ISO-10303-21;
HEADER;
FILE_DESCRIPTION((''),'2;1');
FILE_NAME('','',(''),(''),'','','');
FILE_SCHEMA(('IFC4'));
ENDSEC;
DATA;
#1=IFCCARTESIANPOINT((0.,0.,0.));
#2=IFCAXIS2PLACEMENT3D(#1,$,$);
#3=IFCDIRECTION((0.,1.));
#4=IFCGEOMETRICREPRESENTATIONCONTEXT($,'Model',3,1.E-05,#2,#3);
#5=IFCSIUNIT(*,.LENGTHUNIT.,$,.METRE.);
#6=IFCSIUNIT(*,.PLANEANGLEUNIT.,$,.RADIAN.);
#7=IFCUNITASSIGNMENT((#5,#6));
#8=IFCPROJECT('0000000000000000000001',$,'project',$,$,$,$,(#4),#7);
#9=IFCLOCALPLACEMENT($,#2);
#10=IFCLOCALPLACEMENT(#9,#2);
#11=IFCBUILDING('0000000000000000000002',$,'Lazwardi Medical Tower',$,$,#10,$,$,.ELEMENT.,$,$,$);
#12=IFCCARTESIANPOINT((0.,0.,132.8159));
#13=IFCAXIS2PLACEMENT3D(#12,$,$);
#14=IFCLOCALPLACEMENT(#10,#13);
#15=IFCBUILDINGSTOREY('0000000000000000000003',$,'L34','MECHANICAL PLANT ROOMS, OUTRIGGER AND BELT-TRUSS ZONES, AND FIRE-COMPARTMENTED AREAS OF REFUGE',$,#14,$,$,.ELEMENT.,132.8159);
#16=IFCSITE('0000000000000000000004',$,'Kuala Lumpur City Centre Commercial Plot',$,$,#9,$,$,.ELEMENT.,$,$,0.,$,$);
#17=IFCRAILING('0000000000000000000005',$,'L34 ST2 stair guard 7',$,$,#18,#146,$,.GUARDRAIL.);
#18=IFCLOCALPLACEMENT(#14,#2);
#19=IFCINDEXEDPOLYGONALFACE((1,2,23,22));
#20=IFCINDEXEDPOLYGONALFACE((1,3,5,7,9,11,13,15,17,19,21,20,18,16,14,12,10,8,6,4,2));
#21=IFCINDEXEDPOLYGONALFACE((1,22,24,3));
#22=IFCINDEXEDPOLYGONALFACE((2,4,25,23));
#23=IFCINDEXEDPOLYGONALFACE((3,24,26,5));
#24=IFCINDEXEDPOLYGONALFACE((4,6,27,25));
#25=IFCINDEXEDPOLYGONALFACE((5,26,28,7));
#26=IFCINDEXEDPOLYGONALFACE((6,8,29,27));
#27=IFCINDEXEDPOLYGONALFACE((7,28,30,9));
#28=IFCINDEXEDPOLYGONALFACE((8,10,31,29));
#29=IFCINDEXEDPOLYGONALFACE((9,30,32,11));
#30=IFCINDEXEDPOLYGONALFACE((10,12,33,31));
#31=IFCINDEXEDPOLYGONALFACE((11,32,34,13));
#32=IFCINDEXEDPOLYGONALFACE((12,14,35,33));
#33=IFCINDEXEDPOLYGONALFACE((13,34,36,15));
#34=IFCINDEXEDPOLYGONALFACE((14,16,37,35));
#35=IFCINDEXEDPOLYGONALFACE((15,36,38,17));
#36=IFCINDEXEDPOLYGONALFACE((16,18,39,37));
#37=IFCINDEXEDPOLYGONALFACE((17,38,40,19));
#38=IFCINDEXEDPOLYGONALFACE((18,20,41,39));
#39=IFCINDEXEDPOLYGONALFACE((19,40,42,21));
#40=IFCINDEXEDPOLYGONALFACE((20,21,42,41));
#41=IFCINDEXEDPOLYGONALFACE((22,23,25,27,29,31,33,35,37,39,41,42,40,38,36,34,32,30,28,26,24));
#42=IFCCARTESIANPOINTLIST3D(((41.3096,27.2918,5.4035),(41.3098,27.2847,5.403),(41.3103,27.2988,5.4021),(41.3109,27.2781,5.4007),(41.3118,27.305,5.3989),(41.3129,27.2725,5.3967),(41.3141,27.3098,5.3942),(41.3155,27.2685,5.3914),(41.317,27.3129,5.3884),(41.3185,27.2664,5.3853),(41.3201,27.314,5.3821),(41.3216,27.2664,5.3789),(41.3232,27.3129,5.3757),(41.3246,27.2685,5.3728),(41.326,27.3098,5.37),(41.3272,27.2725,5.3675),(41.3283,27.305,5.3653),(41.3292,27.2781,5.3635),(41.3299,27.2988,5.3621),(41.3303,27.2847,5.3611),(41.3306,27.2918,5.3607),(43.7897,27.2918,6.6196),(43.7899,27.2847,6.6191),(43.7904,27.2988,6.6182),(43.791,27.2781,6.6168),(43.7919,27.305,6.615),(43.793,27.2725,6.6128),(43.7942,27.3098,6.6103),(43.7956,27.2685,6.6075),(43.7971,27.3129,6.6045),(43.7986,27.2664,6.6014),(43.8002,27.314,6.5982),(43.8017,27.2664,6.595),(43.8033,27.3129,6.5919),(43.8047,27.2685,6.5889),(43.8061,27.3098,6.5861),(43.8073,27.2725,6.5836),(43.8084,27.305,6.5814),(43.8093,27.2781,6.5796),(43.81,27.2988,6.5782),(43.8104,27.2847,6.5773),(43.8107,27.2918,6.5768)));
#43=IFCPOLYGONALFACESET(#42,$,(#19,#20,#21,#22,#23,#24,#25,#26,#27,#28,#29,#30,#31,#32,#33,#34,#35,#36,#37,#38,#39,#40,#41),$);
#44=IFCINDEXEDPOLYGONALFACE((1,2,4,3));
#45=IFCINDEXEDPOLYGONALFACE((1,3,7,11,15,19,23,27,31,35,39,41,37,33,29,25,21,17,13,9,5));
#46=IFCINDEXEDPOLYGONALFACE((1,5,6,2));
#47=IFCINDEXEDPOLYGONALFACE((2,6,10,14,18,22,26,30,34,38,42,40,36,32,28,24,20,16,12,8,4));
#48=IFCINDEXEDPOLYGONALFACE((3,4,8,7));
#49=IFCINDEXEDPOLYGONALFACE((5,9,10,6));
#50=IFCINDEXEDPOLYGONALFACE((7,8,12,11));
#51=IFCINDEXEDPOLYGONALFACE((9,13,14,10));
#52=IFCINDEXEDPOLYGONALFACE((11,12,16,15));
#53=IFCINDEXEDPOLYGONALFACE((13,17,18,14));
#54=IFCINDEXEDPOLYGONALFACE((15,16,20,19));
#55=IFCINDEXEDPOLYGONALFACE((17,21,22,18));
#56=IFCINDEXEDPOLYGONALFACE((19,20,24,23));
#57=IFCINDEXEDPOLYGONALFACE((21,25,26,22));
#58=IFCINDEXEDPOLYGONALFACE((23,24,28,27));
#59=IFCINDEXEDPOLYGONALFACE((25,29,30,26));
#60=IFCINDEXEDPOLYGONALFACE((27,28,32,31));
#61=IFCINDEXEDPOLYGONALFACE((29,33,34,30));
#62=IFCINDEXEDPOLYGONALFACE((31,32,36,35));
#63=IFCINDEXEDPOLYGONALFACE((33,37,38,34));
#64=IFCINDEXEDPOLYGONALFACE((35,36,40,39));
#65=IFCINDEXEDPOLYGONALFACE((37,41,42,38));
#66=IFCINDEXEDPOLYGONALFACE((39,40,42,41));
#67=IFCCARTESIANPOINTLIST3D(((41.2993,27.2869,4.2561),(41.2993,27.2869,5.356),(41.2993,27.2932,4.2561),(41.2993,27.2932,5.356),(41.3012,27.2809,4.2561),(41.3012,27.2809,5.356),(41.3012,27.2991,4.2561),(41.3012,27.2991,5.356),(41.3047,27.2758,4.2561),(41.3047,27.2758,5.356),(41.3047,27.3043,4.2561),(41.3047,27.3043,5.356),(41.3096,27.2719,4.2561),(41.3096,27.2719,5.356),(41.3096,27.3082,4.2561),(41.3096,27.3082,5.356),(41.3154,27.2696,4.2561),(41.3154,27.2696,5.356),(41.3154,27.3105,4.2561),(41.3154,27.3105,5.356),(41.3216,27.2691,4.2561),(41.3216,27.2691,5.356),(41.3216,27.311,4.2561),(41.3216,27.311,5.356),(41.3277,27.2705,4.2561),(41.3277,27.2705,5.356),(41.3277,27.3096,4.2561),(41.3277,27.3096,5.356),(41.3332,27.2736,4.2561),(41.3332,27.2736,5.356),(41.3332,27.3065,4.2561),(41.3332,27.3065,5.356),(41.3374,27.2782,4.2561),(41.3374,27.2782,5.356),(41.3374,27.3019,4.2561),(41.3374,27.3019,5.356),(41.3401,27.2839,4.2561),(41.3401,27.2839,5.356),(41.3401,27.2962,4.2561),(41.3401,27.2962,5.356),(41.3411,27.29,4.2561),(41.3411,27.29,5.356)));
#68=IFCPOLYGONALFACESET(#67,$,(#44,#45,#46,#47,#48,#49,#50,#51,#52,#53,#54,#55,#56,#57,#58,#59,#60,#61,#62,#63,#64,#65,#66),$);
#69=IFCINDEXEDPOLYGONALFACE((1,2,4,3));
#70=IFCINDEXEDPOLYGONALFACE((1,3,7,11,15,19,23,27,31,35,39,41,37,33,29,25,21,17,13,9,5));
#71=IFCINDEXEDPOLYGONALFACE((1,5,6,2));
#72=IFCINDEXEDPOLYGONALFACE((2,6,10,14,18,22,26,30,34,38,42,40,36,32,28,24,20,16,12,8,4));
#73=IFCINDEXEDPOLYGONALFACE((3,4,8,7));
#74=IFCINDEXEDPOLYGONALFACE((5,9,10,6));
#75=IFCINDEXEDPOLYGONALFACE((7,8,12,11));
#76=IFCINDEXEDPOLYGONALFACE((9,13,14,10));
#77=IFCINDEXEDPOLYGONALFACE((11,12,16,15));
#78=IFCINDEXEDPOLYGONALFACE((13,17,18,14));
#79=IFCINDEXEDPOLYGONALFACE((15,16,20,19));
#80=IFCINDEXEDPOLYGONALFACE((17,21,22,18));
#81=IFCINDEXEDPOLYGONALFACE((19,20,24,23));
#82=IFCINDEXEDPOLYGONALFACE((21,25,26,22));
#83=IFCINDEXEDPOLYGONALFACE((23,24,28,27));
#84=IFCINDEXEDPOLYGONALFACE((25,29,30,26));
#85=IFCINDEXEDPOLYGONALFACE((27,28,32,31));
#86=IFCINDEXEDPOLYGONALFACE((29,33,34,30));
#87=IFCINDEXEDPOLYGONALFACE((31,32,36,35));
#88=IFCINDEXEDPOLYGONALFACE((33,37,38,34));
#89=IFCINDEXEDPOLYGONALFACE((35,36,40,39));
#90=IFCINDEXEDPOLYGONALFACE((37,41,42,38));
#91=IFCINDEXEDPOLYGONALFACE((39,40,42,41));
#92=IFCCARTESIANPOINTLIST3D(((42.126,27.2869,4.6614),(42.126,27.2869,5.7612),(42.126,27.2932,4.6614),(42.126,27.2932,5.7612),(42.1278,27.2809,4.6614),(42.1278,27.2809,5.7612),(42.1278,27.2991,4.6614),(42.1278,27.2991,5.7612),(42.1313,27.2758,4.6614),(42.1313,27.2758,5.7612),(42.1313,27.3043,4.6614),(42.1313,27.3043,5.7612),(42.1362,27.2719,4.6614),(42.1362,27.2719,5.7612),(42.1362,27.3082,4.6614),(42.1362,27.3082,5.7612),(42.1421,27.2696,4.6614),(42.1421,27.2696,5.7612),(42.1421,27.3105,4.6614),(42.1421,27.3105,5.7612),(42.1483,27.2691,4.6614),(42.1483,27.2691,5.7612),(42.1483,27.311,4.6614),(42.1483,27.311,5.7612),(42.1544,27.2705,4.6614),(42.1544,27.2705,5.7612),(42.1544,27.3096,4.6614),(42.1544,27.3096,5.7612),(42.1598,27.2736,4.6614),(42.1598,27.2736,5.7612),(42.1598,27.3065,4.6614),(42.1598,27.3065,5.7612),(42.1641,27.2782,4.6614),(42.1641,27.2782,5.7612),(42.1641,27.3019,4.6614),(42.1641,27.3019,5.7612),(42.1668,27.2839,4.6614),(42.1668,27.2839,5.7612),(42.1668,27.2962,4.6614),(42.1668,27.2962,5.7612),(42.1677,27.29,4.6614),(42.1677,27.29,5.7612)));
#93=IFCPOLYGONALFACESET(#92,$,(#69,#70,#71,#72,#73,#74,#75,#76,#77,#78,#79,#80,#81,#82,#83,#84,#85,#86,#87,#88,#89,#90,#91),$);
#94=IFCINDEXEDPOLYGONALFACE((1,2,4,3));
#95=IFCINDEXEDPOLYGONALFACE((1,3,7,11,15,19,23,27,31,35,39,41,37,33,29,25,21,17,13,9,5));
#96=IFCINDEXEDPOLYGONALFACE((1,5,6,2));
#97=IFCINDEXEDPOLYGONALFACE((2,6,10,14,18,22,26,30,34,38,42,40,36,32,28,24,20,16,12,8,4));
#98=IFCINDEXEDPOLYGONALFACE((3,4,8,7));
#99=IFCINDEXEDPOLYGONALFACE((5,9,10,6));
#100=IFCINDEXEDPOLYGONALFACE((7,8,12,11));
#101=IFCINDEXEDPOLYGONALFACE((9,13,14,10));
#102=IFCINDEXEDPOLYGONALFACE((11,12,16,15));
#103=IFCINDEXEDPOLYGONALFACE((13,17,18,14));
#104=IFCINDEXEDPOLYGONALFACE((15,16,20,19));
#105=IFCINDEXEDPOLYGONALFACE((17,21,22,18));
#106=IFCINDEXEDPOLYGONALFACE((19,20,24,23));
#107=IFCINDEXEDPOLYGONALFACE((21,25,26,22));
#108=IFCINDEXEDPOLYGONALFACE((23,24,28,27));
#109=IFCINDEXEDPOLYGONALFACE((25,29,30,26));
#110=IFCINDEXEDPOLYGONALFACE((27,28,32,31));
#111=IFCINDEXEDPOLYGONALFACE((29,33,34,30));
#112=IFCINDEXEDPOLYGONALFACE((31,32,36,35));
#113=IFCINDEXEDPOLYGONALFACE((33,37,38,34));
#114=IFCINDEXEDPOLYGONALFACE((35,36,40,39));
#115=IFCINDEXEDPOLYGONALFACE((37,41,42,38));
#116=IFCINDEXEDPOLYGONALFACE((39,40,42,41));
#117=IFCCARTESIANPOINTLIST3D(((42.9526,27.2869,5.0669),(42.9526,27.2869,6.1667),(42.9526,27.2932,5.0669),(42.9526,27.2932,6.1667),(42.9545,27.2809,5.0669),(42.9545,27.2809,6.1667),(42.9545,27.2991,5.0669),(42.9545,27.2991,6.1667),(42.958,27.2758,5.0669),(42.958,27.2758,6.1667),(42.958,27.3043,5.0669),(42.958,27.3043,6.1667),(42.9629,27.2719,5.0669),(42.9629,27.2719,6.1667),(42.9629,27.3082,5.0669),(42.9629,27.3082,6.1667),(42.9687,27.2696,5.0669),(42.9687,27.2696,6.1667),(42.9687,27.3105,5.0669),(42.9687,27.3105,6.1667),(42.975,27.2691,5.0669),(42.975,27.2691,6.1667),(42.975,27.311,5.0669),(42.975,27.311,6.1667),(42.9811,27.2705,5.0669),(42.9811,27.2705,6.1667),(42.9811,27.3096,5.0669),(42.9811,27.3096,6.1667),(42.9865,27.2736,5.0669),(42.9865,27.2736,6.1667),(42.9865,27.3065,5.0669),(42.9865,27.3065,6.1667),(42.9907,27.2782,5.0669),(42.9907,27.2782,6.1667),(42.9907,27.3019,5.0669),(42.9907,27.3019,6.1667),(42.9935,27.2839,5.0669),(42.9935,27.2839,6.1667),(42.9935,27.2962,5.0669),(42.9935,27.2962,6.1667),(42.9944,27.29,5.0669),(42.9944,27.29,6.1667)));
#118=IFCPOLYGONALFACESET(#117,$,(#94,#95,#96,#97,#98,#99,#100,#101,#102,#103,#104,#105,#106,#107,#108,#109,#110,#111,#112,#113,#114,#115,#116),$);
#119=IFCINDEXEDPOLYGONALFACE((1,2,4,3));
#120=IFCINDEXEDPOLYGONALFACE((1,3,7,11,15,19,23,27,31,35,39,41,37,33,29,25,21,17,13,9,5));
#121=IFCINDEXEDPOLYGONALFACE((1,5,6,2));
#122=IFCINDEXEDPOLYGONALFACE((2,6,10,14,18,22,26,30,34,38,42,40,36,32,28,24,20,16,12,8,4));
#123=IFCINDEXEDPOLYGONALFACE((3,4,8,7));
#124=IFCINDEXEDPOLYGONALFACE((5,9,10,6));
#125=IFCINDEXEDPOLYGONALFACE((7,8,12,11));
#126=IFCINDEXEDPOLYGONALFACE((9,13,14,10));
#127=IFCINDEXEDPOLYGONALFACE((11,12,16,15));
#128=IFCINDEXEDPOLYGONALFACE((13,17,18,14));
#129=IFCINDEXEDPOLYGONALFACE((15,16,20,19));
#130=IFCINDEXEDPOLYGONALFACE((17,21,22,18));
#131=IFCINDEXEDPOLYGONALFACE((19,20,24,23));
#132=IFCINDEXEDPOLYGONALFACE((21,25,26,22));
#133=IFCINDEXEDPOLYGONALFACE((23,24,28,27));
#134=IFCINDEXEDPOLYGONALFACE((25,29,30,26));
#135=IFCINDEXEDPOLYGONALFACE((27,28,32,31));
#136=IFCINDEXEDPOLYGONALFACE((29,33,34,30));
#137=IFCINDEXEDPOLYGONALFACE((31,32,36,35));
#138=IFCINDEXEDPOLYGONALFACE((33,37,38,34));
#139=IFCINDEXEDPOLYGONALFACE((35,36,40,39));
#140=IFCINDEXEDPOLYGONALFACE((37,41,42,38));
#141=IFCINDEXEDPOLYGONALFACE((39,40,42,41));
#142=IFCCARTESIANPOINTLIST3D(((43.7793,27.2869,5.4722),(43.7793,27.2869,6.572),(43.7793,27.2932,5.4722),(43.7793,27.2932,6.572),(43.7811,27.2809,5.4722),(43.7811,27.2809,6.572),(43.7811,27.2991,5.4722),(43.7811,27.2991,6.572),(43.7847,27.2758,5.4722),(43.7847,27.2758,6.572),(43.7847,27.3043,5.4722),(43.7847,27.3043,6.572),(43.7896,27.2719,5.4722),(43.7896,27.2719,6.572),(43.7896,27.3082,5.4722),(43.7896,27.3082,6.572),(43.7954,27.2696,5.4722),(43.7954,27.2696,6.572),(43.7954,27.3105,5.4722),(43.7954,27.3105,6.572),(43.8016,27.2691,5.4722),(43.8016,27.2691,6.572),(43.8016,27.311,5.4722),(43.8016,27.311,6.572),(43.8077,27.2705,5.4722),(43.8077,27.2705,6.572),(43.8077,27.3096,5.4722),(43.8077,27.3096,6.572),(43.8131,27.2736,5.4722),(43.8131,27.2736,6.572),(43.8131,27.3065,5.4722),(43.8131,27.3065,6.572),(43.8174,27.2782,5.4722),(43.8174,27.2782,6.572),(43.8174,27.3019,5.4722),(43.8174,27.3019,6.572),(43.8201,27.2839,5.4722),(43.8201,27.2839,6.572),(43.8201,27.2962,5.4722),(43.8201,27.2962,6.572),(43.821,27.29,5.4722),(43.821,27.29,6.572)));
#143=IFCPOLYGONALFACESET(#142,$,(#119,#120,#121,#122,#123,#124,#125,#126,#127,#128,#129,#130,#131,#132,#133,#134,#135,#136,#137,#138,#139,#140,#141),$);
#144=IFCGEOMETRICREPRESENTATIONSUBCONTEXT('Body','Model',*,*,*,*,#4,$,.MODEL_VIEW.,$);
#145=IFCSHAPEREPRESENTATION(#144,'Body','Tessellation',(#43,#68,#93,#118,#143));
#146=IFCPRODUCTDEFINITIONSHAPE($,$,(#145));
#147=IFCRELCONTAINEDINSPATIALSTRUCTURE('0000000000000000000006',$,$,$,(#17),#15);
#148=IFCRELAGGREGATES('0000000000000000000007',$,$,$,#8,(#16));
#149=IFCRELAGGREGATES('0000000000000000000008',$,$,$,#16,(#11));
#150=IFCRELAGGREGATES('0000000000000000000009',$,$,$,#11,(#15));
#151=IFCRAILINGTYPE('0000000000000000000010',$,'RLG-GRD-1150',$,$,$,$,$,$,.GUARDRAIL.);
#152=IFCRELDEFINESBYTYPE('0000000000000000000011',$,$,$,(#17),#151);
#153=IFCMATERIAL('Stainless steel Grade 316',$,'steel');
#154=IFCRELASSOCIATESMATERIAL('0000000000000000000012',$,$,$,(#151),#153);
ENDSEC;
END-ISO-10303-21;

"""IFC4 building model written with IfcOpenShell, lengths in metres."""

from ifc_helpers import new_model, si_unit, direction, frame, origin, origin_2d, place, context, subcontext, project, spatial, circle, extrude, material, type_object, element, save


model = new_model("IFC4")

# Units and contexts
model_context = context("Model", 3, precision=1e-05, world=origin(), true_north=direction((0.0, 1.0)))
body_context = subcontext(model_context, "Body", "Model", "MODEL_VIEW")
ifc_project = project(units=[si_unit("LENGTHUNIT", "METRE"), si_unit("PLANEANGLEUNIT", "RADIAN")], contexts=[model_context])

# Site, building, storey
site_placement = place(None, origin())
site = spatial("IfcSite", under=ifc_project, at=site_placement, Name="Kuala Lumpur City Centre Commercial Plot", CompositionType="ELEMENT", RefElevation=0.0)
building_placement = place(site_placement, origin())
building = spatial("IfcBuilding", under=site, at=building_placement, Name="Lazwardi Medical Tower", CompositionType="ELEMENT")
storey_placement = place(building_placement, frame((0.0, 0.0, 132.8159)))
storey = spatial("IfcBuildingStorey", under=building, at=storey_placement, Name="L34", Description="MECHANICAL PLANT ROOMS, OUTRIGGER AND BELT-TRUSS ZONES, AND FIRE-COMPARTMENTED AREAS OF REFUGE", CompositionType="ELEMENT", Elevation=132.8159)

# Railing
ifc_material_1 = material(Name="Stainless steel Grade 316", Category="steel")
railing_type_1 = type_object("IfcRailingType", Name="RLG-GRD-1150", PredefinedType="GUARDRAIL", material=ifc_material_1)
railing_1_placement = place(storey_placement, frame((41.3201, 27.29, 4.2561)))
element("IfcRailing", 1, at=railing_1_placement, inside=storey, type_object=railing_type_1, Name="L34 ST2 stair guard 7", PredefinedType="GUARDRAIL", context=body_context, shape_type="SweptSolid", body=[
    extrude(circle(Radius=0.0239, at=origin_2d()), frame((0.0, 0.0, 1.126), z_axis=(0.897865, 0.0, 0.44027), x_axis=(0.0, 1.0, 0.0)), (0.0, 0.0, 1.0), 2.7622),
    extrude(circle(Radius=0.021, at=origin_2d()), origin(), (0.0, 0.0, 1.0), 1.0999),
    extrude(circle(Radius=0.021, at=origin_2d()), frame((0.8267, 0.0, 0.4053)), (0.0, 0.0, 1.0), 1.0999),
    extrude(circle(Radius=0.021, at=origin_2d()), frame((1.6533, 0.0, 0.8108)), (0.0, 0.0, 1.0), 1.0999),
    extrude(circle(Radius=0.021, at=origin_2d()), frame((2.48, 0.0, 1.2161)), (0.0, 0.0, 1.0), 1.0999),
])

save(model, "model.ifc")
